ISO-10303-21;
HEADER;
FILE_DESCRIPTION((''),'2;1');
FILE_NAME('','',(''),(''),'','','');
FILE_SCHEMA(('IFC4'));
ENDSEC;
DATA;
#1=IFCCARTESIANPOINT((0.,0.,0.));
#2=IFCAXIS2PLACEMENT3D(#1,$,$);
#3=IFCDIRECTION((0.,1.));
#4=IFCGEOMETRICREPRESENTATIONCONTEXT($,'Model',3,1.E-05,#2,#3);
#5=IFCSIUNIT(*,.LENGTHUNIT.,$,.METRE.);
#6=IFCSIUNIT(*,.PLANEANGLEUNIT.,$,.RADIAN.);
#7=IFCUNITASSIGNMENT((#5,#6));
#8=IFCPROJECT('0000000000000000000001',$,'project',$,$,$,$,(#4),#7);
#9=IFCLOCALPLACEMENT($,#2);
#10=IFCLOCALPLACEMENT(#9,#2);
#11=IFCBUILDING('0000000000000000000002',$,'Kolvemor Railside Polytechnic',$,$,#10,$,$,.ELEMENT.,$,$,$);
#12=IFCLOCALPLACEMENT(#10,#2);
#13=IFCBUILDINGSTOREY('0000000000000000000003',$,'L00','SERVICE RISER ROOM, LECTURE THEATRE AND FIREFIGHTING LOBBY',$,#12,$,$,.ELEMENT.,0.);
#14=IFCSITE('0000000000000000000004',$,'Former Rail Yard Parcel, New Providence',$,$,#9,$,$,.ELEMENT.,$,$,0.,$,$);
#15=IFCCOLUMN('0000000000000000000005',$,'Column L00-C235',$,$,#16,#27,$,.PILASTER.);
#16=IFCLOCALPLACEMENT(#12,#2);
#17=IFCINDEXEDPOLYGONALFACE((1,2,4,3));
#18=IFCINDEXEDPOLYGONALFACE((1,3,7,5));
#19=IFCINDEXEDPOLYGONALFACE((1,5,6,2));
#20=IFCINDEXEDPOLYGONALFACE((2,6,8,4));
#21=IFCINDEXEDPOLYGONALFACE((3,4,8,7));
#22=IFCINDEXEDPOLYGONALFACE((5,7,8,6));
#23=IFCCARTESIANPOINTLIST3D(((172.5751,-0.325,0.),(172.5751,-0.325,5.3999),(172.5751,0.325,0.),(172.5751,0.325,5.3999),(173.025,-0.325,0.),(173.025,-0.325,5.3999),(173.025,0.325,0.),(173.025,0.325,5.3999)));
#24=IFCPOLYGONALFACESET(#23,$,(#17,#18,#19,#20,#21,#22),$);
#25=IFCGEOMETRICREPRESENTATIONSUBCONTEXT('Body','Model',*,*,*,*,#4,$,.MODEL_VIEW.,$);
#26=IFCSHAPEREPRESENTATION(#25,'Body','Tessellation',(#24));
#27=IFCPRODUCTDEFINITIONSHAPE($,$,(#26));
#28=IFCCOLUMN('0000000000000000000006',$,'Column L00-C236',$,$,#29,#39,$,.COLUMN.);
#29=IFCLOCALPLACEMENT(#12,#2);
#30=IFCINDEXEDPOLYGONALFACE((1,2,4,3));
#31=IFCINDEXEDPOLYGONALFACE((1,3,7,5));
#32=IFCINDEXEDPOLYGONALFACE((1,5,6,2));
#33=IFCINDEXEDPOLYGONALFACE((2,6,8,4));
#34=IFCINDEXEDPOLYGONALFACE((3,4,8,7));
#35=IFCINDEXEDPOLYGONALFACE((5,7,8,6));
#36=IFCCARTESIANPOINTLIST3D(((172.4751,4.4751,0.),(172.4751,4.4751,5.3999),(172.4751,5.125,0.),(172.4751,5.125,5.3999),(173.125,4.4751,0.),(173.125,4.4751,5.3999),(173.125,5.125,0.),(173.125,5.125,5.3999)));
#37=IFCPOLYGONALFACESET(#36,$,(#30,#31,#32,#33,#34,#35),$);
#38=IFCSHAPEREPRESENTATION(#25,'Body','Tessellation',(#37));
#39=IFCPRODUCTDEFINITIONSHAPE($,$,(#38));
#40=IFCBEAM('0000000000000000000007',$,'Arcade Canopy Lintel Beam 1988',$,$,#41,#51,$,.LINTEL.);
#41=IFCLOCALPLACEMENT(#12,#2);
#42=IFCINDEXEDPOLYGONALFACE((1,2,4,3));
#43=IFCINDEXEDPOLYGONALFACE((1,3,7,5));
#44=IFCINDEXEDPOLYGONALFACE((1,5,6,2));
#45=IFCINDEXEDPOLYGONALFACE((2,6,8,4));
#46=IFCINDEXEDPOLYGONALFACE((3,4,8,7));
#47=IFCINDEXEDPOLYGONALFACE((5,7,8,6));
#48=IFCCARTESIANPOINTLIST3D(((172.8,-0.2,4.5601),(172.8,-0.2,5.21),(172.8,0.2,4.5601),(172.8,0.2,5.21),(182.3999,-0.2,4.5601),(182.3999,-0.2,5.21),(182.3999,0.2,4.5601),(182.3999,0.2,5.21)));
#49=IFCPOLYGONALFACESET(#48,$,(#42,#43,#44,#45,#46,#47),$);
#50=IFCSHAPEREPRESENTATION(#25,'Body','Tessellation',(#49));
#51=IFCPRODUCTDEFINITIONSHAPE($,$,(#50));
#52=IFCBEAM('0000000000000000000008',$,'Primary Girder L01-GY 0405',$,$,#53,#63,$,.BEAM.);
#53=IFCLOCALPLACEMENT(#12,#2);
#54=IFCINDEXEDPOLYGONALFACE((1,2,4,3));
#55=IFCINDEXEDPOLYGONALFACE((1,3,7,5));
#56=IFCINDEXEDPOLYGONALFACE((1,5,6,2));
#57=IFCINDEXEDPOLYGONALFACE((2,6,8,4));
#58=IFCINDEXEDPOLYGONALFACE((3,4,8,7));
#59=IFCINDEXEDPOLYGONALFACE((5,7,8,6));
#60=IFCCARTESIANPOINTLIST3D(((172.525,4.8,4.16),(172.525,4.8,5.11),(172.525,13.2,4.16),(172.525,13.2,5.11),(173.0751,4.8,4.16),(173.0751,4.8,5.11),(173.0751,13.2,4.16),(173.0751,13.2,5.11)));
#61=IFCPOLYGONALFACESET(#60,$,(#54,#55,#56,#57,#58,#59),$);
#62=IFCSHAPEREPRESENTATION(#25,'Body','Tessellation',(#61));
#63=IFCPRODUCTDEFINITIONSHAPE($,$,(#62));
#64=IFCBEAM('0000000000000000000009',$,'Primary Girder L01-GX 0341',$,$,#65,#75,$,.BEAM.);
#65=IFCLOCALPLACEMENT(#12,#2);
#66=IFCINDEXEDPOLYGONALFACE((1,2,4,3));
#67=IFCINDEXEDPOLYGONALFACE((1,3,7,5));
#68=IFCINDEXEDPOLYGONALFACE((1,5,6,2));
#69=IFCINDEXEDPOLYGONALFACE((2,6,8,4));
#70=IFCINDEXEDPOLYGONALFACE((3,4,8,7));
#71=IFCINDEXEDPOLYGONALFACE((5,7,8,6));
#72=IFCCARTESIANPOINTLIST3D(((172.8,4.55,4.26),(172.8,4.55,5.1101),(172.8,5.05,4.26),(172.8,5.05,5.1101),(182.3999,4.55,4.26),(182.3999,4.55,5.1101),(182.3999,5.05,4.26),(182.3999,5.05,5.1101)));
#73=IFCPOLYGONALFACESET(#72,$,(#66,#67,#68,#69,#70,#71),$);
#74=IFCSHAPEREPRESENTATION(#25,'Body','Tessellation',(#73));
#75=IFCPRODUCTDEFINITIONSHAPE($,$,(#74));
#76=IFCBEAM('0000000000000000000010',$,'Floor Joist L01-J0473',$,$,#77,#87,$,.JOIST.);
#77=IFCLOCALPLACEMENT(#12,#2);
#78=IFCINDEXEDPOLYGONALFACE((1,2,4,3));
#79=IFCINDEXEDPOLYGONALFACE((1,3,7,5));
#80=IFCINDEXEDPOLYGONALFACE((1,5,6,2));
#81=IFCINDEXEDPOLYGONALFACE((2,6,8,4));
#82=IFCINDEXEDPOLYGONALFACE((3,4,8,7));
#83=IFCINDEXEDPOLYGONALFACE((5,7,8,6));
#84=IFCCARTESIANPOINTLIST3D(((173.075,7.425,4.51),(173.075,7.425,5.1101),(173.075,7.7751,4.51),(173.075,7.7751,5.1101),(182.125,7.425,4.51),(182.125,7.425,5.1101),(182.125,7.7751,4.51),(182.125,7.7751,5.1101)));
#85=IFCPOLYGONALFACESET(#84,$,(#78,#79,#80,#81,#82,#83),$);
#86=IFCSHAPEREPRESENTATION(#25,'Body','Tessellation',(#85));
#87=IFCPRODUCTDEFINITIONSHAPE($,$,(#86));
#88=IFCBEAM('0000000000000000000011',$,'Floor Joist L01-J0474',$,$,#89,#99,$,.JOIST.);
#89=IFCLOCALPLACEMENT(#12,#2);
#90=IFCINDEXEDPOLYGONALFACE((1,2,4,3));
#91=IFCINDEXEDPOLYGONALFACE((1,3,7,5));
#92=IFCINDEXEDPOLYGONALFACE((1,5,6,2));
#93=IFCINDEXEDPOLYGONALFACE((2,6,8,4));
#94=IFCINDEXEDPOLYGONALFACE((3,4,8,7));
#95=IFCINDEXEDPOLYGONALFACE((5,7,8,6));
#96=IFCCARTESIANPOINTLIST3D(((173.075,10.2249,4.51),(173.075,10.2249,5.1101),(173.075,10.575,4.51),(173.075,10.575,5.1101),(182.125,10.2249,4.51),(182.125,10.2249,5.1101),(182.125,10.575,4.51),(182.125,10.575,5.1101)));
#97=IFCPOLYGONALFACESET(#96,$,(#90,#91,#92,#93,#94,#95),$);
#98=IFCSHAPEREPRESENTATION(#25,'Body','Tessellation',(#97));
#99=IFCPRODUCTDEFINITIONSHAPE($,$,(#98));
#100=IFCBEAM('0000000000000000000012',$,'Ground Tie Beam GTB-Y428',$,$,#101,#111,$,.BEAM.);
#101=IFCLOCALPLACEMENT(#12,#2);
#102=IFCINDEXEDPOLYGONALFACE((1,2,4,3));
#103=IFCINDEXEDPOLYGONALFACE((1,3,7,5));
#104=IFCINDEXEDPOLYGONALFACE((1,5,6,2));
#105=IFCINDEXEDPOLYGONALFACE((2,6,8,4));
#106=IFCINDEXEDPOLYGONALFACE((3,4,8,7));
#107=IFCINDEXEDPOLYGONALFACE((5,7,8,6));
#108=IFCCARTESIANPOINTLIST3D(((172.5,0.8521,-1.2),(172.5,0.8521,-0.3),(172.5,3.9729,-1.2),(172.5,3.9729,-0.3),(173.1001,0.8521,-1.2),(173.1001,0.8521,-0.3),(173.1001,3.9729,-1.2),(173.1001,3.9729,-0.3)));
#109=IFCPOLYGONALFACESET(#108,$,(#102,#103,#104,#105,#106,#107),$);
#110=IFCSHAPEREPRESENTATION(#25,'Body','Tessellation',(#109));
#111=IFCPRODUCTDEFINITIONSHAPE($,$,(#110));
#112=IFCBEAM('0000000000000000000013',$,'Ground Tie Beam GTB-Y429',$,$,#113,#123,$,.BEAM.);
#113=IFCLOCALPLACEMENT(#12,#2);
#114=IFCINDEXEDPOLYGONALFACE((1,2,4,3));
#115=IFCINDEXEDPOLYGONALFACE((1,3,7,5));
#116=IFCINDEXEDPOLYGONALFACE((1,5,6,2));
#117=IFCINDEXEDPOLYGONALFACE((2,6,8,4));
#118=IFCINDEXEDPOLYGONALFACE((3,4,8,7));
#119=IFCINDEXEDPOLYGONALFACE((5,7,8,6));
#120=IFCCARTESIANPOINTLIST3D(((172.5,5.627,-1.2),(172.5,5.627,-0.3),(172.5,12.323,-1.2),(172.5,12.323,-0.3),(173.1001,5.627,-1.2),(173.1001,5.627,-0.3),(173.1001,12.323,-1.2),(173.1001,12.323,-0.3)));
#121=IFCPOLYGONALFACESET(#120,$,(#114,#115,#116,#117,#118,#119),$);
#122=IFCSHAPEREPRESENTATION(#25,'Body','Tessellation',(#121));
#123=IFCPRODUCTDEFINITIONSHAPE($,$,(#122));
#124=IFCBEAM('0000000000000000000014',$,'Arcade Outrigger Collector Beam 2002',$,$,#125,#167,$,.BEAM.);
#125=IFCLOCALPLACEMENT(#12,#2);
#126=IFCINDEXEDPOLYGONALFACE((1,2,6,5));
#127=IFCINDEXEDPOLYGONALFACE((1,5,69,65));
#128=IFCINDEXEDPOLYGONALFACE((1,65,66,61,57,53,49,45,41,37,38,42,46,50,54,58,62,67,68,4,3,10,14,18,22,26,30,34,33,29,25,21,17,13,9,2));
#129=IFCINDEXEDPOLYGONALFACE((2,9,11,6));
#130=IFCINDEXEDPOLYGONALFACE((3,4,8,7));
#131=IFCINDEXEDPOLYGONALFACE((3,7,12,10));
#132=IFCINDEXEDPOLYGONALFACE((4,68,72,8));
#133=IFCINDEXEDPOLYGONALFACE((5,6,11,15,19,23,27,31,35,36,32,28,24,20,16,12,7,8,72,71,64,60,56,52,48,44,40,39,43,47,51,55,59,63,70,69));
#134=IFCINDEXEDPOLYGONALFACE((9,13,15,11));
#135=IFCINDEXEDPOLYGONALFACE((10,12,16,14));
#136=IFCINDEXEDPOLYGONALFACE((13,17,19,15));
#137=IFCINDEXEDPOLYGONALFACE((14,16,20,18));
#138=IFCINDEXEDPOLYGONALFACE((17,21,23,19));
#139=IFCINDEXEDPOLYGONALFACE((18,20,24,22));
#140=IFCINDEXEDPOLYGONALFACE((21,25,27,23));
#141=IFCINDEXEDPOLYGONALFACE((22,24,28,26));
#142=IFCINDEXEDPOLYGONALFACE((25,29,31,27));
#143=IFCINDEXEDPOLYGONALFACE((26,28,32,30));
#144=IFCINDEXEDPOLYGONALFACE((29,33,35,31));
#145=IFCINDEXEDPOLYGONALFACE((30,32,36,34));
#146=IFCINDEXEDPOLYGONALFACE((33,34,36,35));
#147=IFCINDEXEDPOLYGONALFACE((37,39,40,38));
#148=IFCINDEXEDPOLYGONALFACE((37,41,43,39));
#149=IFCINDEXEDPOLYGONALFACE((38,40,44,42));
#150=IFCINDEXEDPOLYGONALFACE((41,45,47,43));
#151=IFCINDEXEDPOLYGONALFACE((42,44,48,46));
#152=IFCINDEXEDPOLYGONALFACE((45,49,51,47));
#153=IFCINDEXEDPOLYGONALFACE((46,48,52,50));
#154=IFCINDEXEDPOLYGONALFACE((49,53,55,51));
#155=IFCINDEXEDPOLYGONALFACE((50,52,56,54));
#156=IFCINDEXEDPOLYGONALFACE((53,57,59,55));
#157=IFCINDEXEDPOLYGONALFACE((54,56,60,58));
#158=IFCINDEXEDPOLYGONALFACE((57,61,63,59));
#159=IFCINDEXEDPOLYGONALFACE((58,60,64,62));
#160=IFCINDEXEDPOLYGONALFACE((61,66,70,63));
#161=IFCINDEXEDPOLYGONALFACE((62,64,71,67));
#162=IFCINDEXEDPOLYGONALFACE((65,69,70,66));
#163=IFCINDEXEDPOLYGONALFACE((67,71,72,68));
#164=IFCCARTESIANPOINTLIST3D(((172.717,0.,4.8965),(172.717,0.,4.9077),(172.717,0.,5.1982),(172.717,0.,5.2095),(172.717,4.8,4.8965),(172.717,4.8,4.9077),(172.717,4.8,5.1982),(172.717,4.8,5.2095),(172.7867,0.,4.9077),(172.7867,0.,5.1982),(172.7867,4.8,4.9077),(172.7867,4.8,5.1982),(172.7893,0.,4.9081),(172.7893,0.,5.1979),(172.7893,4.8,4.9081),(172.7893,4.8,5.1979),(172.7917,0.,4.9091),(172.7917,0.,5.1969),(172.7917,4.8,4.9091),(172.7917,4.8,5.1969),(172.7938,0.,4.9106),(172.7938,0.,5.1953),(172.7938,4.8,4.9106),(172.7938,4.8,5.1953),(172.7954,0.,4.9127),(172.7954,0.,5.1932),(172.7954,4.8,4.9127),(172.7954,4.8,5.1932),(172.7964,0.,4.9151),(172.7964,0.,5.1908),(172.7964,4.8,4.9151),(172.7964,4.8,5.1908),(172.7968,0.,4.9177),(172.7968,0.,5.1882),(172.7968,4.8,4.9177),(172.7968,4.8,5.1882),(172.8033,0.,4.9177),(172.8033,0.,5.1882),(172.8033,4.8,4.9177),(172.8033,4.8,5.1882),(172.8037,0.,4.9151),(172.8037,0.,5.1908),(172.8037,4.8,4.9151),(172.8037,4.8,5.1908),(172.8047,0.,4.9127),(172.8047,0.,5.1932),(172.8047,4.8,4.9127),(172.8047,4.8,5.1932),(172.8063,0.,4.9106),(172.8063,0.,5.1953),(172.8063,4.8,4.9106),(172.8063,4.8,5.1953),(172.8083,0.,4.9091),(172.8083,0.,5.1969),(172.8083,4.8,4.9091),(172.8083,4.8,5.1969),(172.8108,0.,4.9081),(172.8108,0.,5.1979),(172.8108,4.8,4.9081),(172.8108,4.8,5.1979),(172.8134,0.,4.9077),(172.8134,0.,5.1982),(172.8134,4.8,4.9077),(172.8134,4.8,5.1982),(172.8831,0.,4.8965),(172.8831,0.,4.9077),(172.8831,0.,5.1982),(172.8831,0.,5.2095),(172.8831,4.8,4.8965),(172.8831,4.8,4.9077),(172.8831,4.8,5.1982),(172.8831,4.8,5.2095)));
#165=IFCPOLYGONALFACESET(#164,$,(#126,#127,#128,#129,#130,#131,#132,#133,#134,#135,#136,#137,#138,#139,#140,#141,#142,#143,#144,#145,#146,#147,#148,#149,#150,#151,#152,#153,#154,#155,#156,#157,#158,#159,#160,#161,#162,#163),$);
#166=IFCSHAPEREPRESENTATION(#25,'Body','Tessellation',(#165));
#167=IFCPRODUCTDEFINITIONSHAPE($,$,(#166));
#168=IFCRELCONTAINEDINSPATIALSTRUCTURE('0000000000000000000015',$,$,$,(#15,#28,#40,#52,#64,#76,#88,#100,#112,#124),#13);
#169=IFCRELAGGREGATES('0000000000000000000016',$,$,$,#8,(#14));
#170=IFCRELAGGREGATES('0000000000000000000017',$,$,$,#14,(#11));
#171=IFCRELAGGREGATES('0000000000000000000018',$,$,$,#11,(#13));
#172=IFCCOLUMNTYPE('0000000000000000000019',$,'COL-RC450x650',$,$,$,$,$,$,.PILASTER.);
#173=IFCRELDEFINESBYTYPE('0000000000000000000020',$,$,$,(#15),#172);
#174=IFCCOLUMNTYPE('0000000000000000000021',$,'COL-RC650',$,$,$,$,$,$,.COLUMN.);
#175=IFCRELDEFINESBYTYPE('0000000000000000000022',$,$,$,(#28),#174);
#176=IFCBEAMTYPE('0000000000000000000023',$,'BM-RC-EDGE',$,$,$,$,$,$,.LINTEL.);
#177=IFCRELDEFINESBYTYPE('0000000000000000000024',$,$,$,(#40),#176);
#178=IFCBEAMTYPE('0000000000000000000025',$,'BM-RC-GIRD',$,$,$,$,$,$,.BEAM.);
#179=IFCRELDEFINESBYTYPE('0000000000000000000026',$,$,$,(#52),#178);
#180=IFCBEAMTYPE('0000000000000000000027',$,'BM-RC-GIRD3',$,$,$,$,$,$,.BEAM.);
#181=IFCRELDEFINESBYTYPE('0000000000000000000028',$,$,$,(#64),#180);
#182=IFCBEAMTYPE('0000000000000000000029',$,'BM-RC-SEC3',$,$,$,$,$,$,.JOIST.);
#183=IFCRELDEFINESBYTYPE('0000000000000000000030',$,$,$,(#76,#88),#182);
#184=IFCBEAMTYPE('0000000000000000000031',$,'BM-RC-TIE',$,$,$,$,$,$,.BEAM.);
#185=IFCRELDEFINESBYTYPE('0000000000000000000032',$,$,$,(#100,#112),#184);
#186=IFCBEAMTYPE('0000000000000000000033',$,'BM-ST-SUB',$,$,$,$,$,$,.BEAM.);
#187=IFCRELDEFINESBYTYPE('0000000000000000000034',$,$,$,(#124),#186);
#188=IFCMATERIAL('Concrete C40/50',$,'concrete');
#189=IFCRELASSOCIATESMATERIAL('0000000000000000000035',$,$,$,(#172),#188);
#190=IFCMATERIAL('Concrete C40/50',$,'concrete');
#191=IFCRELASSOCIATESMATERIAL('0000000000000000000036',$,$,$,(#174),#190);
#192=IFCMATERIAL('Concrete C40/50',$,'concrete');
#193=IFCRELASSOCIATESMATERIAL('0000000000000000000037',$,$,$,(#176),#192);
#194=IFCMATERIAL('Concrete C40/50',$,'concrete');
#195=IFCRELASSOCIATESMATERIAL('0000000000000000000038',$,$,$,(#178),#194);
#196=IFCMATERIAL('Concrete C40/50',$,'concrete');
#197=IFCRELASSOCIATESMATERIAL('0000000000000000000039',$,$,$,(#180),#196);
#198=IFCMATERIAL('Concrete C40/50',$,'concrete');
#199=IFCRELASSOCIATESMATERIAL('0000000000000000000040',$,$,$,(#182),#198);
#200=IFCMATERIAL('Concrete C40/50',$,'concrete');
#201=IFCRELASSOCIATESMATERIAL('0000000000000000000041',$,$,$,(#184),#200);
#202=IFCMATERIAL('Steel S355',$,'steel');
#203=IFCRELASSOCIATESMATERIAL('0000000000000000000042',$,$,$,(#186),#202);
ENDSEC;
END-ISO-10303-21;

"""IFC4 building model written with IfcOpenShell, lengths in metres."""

from ifc_helpers import new_model, si_unit, direction, frame, origin, origin_2d, place, context, subcontext, project, spatial, rectangle, i_section, extrude, material, material_profile, profile_set, type_object, element, save


model = new_model("IFC4")

# Units and contexts
model_context = context("Model", 3, precision=1e-05, world=origin(), true_north=direction((0.0, 1.0)))
body_context = subcontext(model_context, "Body", "Model", "MODEL_VIEW")
ifc_project = project(units=[si_unit("LENGTHUNIT", "METRE"), si_unit("PLANEANGLEUNIT", "RADIAN")], contexts=[model_context])

# Site, building, storey
site_placement = place(None, origin())
site = spatial("IfcSite", under=ifc_project, at=site_placement, Name="Former Rail Yard Parcel, New Providence", CompositionType="ELEMENT", RefElevation=0.0)
building_placement = place(site_placement, origin())
building = spatial("IfcBuilding", under=site, at=building_placement, Name="Kolvemor Railside Polytechnic", CompositionType="ELEMENT")
storey_placement = place(building_placement, origin())
storey = spatial("IfcBuildingStorey", under=building, at=storey_placement, Name="L00", Description="SERVICE RISER ROOM, LECTURE THEATRE AND FIREFIGHTING LOBBY", CompositionType="ELEMENT", Elevation=0.0)

# Columns
ifc_material_1 = material(Name="Concrete C40/50", Category="concrete")
ifc_material_profile_1 = material_profile(ifc_material_1, rectangle(XDim=0.45, YDim=0.6499, at=origin_2d()), Name="RC450x650")
ifc_profile_set_1 = profile_set([ifc_material_profile_1], Name="Concrete C40/50")
column_type_1 = type_object("IfcColumnType", Name="COL-RC450x650", PredefinedType="PILASTER", material=ifc_profile_set_1)
column_1_placement = place(storey_placement, frame((172.8, 0.0, 0.0), z_axis=(0.0, 0.0, 1.0), x_axis=(1.0, 0.0, 0.0)))
element("IfcColumn", 1, at=column_1_placement, inside=storey, type_object=column_type_1, Name="Column L00-C235", PredefinedType="PILASTER", context=body_context, shape_type="SweptSolid", body=[
    extrude(rectangle(XDim=0.45, YDim=0.6499, at=origin_2d()), origin(), (0.0, 0.0, 1.0), 5.3999),
])
ifc_material_2 = material(Name="Concrete C40/50", Category="concrete")
ifc_material_profile_2 = material_profile(ifc_material_2, rectangle(XDim=0.6499, YDim=0.6499, at=origin_2d()), Name="RC650x650")
ifc_profile_set_2 = profile_set([ifc_material_profile_2], Name="Concrete C40/50")
column_type_2 = type_object("IfcColumnType", Name="COL-RC650", PredefinedType="COLUMN", material=ifc_profile_set_2)
column_2_placement = place(storey_placement, frame((172.8, 4.8, 0.0), z_axis=(0.0, 0.0, 1.0), x_axis=(1.0, 0.0, 0.0)))
element("IfcColumn", 2, at=column_2_placement, inside=storey, type_object=column_type_2, Name="Column L00-C236", PredefinedType="COLUMN", context=body_context, shape_type="SweptSolid", body=[
    extrude(rectangle(XDim=0.6499, YDim=0.6499, at=origin_2d()), origin(), (0.0, 0.0, 1.0), 5.3999),
])

# Beams
ifc_material_3 = material(Name="Concrete C40/50", Category="concrete")
ifc_material_profile_3 = material_profile(ifc_material_3, rectangle(XDim=0.3999, YDim=0.6499, at=origin_2d()), Name="RC400x650")
ifc_profile_set_3 = profile_set([ifc_material_profile_3], Name="Concrete C40/50")
beam_type_1 = type_object("IfcBeamType", Name="BM-RC-EDGE", PredefinedType="LINTEL", material=ifc_profile_set_3)
beam_1_placement = place(storey_placement, frame((172.8, 0.0, 4.885), z_axis=(1.0, 0.0, 0.0), x_axis=(0.0, 1.0, 0.0)))
element("IfcBeam", 3, at=beam_1_placement, inside=storey, type_object=beam_type_1, Name="Arcade Canopy Lintel Beam 1988", PredefinedType="LINTEL", context=body_context, shape_type="SweptSolid", body=[
    extrude(rectangle(XDim=0.3999, YDim=0.6499, at=origin_2d()), origin(), (0.0, 0.0, 1.0), 9.5999),
])
ifc_material_4 = material(Name="Concrete C40/50", Category="concrete")
ifc_material_profile_4 = material_profile(ifc_material_4, rectangle(XDim=0.55, YDim=0.95, at=origin_2d()), Name="RC550x950")
ifc_profile_set_4 = profile_set([ifc_material_profile_4], Name="Concrete C40/50")
beam_type_2 = type_object("IfcBeamType", Name="BM-RC-GIRD", PredefinedType="BEAM", material=ifc_profile_set_4)
beam_2_placement = place(storey_placement, frame((172.8, 4.8, 4.635), z_axis=(0.0, 1.0, 0.0), x_axis=(-1.0, 0.0, 0.0)))
element("IfcBeam", 4, at=beam_2_placement, inside=storey, type_object=beam_type_2, Name="Primary Girder L01-GY 0405", PredefinedType="BEAM", context=body_context, shape_type="SweptSolid", body=[
    extrude(rectangle(XDim=0.55, YDim=0.95, at=origin_2d()), origin(), (0.0, 0.0, 1.0), 8.3999),
])
ifc_material_5 = material(Name="Concrete C40/50", Category="concrete")
ifc_material_profile_5 = material_profile(ifc_material_5, rectangle(XDim=0.5, YDim=0.8501, at=origin_2d()), Name="RC500x850")
ifc_profile_set_5 = profile_set([ifc_material_profile_5], Name="Concrete C40/50")
beam_type_3 = type_object("IfcBeamType", Name="BM-RC-GIRD3", PredefinedType="BEAM", material=ifc_profile_set_5)
beam_3_placement = place(storey_placement, frame((172.8, 4.8, 4.6851), z_axis=(1.0, 0.0, 0.0), x_axis=(0.0, 1.0, 0.0)))
element("IfcBeam", 5, at=beam_3_placement, inside=storey, type_object=beam_type_3, Name="Primary Girder L01-GX 0341", PredefinedType="BEAM", context=body_context, shape_type="SweptSolid", body=[
    extrude(rectangle(XDim=0.5, YDim=0.8501, at=origin_2d()), origin(), (0.0, 0.0, 1.0), 9.5999),
])
ifc_material_6 = material(Name="Concrete C40/50", Category="concrete")
ifc_material_profile_6 = material_profile(ifc_material_6, rectangle(XDim=0.3501, YDim=0.6001, at=origin_2d()), Name="RC350x600")
ifc_profile_set_6 = profile_set([ifc_material_profile_6], Name="Concrete C40/50")
beam_type_4 = type_object("IfcBeamType", Name="BM-RC-SEC3", PredefinedType="JOIST", material=ifc_profile_set_6)
for number, where, z_axis, x_axis, name in (
    (6, (173.075, 7.6001, 4.8101), (1.0, 0.0, 0.0), (0.0, 1.0, 0.0), "Floor Joist L01-J0473"),
    (7, (173.075, 10.3999, 4.8101), (1.0, 0.0, 0.0), (0.0, 1.0, 0.0), "Floor Joist L01-J0474"),
):
    element("IfcBeam", number, at=place(storey_placement, frame(where, z_axis=z_axis, x_axis=x_axis)), inside=storey, type_object=beam_type_4, Name=name, PredefinedType="JOIST", context=body_context, shape_type="SweptSolid", body=[
        extrude(rectangle(XDim=0.3501, YDim=0.6001, at=origin_2d()), origin(), (0.0, 0.0, 1.0), 9.05),
    ])
ifc_material_7 = material(Name="Concrete C40/50", Category="concrete")
ifc_material_profile_7 = material_profile(ifc_material_7, rectangle(XDim=0.6001, YDim=0.8999, at=origin_2d()), Name="RC600x900")
ifc_profile_set_7 = profile_set([ifc_material_profile_7], Name="Concrete C40/50")
beam_type_5 = type_object("IfcBeamType", Name="BM-RC-TIE", PredefinedType="BEAM", material=ifc_profile_set_7)
beam_4_placement = place(storey_placement, frame((172.8, 0.8521, -0.75), z_axis=(0.0, 1.0, 0.0), x_axis=(-1.0, 0.0, 0.0)))
element("IfcBeam", 8, at=beam_4_placement, inside=storey, type_object=beam_type_5, Name="Ground Tie Beam GTB-Y428", PredefinedType="BEAM", context=body_context, shape_type="SweptSolid", body=[
    extrude(rectangle(XDim=0.6001, YDim=0.8999, at=origin_2d()), origin(), (0.0, 0.0, 1.0), 3.1208),
])
beam_5_placement = place(storey_placement, frame((172.8, 5.627, -0.75), z_axis=(0.0, 1.0, 0.0), x_axis=(-1.0, 0.0, 0.0)))
element("IfcBeam", 9, at=beam_5_placement, inside=storey, type_object=beam_type_5, Name="Ground Tie Beam GTB-Y429", PredefinedType="BEAM", context=body_context, shape_type="SweptSolid", body=[
    extrude(rectangle(XDim=0.6001, YDim=0.8999, at=origin_2d()), origin(), (0.0, 0.0, 1.0), 6.696),
])
ifc_material_8 = material(Name="Steel S355", Category="steel")
ifc_material_profile_8 = material_profile(ifc_material_8, i_section(OverallWidth=0.166, OverallDepth=0.313, WebThickness=0.0066, FlangeThickness=0.0112, FilletRadius=0.01, at=origin_2d()), Name="W310x45")
ifc_profile_set_8 = profile_set([ifc_material_profile_8], Name="Steel S355")
beam_type_6 = type_object("IfcBeamType", Name="BM-ST-SUB", PredefinedType="BEAM", material=ifc_profile_set_8)
beam_6_placement = place(storey_placement, frame((172.8, 0.0, 5.053), z_axis=(0.0, 1.0, 0.0), x_axis=(-1.0, 0.0, 0.0)))
element("IfcBeam", 10, at=beam_6_placement, inside=storey, type_object=beam_type_6, Name="Arcade Outrigger Collector Beam 2002", PredefinedType="BEAM", context=body_context, shape_type="SweptSolid", body=[
    extrude(i_section(OverallWidth=0.166, OverallDepth=0.313, WebThickness=0.0066, FlangeThickness=0.0112, FilletRadius=0.01, at=origin_2d()), origin(), (0.0, 0.0, 1.0), 4.8),
])

save(model, "model.ifc")
